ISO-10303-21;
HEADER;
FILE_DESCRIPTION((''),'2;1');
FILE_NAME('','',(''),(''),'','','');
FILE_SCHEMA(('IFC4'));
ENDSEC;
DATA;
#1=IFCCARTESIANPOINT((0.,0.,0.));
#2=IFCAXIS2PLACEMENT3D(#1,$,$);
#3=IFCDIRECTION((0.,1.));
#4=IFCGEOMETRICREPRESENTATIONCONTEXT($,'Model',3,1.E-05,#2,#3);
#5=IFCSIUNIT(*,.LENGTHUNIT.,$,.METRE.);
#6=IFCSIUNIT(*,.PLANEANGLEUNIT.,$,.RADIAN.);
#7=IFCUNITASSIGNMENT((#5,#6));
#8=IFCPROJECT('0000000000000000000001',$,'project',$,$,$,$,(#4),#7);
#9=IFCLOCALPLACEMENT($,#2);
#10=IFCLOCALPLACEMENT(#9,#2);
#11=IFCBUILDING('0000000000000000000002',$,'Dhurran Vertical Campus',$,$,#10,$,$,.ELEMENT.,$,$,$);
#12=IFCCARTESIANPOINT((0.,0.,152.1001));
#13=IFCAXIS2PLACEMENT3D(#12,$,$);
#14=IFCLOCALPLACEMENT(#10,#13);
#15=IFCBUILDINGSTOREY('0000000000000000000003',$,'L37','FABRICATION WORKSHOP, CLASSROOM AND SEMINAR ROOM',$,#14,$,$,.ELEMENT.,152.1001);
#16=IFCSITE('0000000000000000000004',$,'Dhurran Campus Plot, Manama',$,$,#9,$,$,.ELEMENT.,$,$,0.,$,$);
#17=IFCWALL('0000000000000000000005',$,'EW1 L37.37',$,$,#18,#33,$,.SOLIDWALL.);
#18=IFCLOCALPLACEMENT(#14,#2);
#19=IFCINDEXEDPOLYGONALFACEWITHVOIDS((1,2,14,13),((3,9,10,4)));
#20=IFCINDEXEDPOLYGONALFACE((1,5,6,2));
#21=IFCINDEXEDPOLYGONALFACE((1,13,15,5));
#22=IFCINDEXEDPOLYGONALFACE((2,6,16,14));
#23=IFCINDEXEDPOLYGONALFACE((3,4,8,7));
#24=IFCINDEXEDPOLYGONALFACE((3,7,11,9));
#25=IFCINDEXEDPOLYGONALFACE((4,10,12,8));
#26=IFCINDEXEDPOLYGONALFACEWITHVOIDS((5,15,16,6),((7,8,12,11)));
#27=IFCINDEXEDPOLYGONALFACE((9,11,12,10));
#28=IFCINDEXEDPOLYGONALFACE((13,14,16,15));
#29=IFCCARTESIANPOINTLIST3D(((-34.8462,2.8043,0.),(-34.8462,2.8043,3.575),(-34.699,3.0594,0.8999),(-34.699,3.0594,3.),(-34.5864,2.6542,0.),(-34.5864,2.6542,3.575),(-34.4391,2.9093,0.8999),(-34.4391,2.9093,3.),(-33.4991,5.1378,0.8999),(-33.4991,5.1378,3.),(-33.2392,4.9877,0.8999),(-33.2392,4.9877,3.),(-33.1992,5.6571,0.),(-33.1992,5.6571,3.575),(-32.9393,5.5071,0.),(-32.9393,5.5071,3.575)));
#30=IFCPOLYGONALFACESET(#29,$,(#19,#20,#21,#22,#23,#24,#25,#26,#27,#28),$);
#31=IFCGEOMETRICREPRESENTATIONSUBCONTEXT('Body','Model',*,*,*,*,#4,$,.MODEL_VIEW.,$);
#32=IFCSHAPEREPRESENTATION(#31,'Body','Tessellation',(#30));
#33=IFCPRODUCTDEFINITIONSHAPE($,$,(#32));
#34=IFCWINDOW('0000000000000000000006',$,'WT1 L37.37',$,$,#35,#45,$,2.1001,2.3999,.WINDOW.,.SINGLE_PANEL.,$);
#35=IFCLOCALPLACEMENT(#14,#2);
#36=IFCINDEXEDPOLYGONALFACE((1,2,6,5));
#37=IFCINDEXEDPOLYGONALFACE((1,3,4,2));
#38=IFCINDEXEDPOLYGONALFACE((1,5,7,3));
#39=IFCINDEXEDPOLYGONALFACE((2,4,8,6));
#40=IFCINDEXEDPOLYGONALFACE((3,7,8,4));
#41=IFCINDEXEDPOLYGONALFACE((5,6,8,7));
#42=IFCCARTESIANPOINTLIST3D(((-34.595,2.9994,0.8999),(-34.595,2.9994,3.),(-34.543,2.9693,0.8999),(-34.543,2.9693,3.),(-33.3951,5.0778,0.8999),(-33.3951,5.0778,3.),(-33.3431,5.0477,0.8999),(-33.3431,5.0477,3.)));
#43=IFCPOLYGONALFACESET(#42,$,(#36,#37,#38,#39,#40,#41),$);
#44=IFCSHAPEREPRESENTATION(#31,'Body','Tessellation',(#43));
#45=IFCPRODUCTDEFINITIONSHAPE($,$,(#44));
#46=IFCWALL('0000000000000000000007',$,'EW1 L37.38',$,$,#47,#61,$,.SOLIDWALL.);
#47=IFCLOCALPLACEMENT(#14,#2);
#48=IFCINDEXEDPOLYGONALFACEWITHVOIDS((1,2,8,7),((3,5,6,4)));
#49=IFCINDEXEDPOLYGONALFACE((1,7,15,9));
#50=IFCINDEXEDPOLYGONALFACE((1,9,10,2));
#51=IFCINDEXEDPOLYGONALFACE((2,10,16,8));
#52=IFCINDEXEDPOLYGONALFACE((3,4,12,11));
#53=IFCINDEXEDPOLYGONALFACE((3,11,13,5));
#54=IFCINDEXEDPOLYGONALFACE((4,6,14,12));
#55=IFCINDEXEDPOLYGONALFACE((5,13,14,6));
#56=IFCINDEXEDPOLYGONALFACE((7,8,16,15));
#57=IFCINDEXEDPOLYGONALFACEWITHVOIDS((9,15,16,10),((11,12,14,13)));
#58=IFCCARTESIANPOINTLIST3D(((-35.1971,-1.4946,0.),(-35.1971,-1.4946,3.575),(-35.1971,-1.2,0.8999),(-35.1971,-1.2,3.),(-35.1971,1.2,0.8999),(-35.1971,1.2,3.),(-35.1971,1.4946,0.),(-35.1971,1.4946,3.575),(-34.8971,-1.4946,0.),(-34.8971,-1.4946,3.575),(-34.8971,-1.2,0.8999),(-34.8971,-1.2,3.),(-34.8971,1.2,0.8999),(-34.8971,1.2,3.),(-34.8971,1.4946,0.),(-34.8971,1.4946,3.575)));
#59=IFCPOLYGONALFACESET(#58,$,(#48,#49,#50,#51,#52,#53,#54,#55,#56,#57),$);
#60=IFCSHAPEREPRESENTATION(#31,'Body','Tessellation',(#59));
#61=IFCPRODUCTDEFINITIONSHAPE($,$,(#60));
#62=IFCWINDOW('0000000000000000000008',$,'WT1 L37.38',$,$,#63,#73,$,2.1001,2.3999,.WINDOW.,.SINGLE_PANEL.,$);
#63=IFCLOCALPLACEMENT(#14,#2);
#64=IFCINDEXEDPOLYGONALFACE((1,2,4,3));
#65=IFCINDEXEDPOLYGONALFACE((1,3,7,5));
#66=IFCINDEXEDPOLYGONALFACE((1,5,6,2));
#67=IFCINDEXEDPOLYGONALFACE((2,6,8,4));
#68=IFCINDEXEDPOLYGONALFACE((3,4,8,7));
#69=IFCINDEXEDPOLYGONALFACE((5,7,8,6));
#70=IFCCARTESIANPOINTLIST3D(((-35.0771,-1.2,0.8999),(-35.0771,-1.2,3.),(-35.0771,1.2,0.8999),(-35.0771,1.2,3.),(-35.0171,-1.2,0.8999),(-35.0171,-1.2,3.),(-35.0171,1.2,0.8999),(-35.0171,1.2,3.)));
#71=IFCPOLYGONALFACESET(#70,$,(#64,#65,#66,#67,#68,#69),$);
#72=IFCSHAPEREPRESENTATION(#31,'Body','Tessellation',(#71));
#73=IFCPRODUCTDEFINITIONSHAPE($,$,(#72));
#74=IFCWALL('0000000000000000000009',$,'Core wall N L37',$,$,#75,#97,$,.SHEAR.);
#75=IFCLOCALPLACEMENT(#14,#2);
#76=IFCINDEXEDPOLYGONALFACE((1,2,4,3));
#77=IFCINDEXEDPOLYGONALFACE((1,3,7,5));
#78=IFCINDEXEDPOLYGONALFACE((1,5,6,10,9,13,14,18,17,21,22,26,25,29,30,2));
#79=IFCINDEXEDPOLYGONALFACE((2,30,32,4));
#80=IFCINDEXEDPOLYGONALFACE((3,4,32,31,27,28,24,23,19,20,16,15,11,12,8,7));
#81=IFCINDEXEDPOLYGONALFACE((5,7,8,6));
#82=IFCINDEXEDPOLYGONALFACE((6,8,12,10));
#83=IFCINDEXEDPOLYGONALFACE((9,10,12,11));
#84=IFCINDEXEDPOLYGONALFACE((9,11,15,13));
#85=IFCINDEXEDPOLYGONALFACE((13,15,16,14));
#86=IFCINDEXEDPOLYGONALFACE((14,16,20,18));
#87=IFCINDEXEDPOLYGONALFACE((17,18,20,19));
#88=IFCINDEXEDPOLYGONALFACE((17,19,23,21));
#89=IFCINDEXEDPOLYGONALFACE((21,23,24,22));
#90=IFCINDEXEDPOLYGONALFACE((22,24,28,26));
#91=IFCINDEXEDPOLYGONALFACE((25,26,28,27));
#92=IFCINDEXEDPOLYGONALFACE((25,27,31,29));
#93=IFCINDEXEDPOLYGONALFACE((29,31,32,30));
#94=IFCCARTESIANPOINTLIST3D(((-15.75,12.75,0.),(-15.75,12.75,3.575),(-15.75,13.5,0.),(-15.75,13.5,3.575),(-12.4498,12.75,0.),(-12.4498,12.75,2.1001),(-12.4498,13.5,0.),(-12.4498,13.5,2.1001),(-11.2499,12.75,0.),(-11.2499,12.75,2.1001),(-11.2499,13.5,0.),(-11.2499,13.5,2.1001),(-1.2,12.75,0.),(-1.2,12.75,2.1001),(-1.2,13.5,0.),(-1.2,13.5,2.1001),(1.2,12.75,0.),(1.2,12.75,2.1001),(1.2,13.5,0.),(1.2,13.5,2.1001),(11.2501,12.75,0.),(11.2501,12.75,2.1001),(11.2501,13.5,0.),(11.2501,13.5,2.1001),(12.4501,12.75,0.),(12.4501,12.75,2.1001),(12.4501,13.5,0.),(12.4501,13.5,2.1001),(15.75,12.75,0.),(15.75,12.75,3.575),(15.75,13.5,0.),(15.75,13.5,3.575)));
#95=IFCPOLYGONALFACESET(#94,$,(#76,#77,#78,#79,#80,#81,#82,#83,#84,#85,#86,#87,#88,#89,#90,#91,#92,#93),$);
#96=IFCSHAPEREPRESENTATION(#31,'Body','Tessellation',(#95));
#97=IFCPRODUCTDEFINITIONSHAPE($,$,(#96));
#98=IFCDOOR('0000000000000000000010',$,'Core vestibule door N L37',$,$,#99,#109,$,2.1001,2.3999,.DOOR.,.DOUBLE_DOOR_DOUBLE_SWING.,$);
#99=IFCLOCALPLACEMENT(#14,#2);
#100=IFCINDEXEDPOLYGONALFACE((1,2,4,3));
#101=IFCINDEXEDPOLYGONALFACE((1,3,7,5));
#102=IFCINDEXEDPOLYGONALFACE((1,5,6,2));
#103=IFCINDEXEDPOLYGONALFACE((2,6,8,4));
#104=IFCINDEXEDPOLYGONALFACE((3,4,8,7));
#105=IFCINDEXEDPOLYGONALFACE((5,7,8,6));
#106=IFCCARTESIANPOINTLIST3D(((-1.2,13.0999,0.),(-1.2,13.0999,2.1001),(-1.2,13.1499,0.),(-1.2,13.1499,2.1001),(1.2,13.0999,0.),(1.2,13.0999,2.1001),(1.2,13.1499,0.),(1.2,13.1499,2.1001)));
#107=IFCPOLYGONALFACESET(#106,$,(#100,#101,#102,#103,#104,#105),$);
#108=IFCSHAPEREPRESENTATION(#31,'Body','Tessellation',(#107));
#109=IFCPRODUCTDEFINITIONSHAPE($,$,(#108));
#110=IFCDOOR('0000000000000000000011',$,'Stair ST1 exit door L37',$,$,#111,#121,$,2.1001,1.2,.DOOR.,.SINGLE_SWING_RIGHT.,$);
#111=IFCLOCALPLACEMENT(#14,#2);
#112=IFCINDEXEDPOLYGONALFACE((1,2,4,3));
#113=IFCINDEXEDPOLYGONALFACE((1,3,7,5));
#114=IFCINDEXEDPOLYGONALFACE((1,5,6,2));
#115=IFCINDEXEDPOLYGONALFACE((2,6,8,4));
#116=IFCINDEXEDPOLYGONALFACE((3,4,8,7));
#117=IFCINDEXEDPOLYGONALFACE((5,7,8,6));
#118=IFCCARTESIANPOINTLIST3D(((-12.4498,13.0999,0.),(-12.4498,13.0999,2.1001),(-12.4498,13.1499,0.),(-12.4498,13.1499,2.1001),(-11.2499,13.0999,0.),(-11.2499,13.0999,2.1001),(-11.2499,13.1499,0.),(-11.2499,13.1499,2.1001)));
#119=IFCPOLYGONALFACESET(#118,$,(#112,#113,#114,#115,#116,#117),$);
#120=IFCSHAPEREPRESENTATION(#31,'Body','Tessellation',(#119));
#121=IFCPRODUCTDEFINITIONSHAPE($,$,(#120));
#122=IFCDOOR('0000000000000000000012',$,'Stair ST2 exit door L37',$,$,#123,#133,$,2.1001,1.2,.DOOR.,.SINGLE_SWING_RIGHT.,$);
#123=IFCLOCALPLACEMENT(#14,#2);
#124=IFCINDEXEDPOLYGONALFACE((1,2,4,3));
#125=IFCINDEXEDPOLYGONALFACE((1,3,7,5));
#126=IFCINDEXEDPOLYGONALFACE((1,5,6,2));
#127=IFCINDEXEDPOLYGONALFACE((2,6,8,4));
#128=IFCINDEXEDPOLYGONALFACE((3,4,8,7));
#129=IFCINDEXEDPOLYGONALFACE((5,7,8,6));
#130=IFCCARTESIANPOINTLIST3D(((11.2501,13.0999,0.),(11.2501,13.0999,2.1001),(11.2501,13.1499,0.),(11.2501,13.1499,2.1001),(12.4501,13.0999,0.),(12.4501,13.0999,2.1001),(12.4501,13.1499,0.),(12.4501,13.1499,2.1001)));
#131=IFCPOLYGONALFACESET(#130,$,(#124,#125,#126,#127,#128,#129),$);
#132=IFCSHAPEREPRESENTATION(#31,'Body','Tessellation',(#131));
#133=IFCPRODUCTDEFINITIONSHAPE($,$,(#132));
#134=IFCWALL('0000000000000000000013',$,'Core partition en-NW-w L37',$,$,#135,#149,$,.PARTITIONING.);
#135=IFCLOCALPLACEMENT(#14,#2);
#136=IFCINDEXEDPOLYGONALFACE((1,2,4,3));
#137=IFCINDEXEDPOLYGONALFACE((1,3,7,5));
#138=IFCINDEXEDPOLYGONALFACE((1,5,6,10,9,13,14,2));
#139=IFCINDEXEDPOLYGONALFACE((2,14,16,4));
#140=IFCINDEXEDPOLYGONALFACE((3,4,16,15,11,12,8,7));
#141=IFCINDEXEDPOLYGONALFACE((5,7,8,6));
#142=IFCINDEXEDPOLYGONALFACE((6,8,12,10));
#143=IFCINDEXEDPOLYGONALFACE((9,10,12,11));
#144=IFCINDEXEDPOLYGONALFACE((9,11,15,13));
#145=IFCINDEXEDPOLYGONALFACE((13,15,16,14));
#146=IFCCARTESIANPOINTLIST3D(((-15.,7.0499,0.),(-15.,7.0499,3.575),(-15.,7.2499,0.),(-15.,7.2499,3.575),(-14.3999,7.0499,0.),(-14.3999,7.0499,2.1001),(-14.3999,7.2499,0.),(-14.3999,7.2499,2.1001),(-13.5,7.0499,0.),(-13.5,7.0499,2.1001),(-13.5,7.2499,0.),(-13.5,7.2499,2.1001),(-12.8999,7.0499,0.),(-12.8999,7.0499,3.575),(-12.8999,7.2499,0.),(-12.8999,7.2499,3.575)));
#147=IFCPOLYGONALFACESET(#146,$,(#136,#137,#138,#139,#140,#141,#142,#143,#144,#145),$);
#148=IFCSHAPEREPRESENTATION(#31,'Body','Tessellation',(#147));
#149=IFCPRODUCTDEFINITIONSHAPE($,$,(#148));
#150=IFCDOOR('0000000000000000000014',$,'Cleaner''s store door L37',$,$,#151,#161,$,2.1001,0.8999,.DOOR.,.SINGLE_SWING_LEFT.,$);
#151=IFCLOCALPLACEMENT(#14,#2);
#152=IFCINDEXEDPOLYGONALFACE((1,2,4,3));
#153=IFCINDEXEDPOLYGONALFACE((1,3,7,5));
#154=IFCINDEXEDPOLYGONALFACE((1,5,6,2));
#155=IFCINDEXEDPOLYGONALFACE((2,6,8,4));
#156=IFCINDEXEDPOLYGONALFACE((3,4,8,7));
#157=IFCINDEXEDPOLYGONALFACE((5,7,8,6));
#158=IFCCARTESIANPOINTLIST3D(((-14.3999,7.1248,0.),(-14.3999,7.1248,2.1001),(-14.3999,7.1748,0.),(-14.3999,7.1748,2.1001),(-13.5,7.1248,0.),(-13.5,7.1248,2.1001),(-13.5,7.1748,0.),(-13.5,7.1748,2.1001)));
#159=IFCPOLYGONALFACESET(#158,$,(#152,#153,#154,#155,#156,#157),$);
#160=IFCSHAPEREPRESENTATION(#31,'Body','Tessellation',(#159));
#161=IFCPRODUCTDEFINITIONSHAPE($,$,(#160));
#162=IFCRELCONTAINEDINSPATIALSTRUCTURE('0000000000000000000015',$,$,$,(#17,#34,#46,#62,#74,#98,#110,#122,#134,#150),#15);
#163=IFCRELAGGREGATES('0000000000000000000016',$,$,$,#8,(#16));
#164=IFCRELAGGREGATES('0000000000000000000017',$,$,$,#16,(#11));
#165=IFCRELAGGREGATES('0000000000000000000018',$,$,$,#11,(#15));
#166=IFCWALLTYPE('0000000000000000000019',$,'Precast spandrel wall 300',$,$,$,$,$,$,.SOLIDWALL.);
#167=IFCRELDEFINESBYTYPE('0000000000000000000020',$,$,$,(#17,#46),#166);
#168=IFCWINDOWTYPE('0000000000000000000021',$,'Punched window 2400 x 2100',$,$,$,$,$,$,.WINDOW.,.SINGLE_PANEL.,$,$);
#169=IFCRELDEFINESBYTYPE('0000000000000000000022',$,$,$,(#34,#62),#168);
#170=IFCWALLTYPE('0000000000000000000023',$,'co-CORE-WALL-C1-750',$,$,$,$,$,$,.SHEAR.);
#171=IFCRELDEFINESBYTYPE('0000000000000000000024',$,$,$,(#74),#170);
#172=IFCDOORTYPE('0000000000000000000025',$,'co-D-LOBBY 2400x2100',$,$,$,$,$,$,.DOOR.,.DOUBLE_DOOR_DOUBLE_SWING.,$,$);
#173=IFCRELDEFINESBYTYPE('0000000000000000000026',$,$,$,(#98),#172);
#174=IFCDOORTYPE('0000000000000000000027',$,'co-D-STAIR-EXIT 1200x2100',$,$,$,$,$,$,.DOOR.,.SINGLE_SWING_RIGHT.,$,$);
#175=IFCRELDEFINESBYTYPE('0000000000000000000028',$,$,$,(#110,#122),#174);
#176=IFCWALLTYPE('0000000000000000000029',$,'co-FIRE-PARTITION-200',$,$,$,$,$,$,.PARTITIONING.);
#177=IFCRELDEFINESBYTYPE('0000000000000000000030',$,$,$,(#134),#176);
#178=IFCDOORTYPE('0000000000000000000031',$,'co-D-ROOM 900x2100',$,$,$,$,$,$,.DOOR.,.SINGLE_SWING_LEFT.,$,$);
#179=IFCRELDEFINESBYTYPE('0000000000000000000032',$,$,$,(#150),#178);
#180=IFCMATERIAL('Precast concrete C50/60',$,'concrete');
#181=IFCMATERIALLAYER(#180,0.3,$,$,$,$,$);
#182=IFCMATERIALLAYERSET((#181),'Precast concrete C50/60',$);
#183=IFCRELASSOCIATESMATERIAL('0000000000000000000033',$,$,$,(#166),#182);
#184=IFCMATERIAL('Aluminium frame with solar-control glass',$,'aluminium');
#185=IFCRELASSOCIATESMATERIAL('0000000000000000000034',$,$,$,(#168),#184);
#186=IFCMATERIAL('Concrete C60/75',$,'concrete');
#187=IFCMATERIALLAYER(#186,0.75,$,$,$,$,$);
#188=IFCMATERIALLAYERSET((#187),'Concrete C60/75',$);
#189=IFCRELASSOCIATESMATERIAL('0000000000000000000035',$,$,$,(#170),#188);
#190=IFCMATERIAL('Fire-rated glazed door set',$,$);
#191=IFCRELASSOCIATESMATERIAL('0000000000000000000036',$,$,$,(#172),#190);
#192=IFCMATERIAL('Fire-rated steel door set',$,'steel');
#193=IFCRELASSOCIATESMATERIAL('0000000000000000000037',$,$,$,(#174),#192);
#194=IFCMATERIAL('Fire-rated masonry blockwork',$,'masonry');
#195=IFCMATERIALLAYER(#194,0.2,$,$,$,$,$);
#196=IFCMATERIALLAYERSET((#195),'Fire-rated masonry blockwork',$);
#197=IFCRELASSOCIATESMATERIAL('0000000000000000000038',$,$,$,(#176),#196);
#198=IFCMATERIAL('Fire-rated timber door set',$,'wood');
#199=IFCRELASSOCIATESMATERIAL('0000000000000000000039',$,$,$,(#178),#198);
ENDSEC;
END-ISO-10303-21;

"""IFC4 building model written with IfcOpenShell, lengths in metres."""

from ifc_helpers import new_model, si_unit, direction, frame, frame_2d, origin, place, context, subcontext, project, spatial, rectangle, extrude, material, layer, layer_set, type_object, element, fill, save


model = new_model("IFC4")

# Units and contexts
model_context = context("Model", 3, precision=1e-05, world=origin(), true_north=direction((0.0, 1.0)))
body_context = subcontext(model_context, "Body", "Model", "MODEL_VIEW")
ifc_project = project(units=[si_unit("LENGTHUNIT", "METRE"), si_unit("PLANEANGLEUNIT", "RADIAN")], contexts=[model_context])

# Site, building, storey
site_placement = place(None, origin())
site = spatial("IfcSite", under=ifc_project, at=site_placement, Name="Dhurran Campus Plot, Manama", CompositionType="ELEMENT", RefElevation=0.0)
building_placement = place(site_placement, origin())
building = spatial("IfcBuilding", under=site, at=building_placement, Name="Dhurran Vertical Campus", CompositionType="ELEMENT")
storey_placement = place(building_placement, frame((0.0, 0.0, 152.1001)))
storey = spatial("IfcBuildingStorey", under=building, at=storey_placement, Name="L37", Description="FABRICATION WORKSHOP, CLASSROOM AND SEMINAR ROOM", CompositionType="ELEMENT", Elevation=152.1001)

# Walls, openings, windows
ifc_material_1 = material(Name="Precast concrete C50/60", Category="concrete")
ifc_layer_1 = layer(ifc_material_1, 0.3)
ifc_layer_set_1 = layer_set([ifc_layer_1], Name="Precast concrete C50/60")
wall_type_1 = type_object("IfcWallType", Name="Precast spandrel wall 300", PredefinedType="SOLIDWALL", material=ifc_layer_set_1)
ifc_material_2 = material(Name="Aluminium frame with solar-control glass", Category="aluminium")
window_type = type_object("IfcWindowType", Name="Punched window 2400 x 2100", PartitioningType="SINGLE_PANEL", PredefinedType="WINDOW", material=ifc_material_2)
wall_1_placement = place(storey_placement, frame((-33.0693, 5.582, 0.0), z_axis=(0.0, 0.0, 1.0), x_axis=(-0.499981, -0.866036, 0.0)))
wall_1 = element("IfcWall", 1, at=wall_1_placement, inside=storey, type_object=wall_type_1, Name="EW1 L37.37", PredefinedType="SOLIDWALL", context=body_context, shape_type="SweptSolid", body=[
    extrude(rectangle(XDim=3.2942, YDim=0.3, at=frame_2d((1.647, 0.0))), origin(), (0.0, 0.0, 1.0), 3.575),
])
opening_1_placement = place(wall_1_placement, frame((0.5996, 0.0, 0.8999)))
opening_1 = element("IfcOpeningElement", 2, at=opening_1_placement, cuts=wall_1, PredefinedType="OPENING", context=body_context, shape_type="SweptSolid", body=[
    extrude(rectangle(XDim=2.3999, YDim=2.1001, at=frame_2d((1.2, 1.05))), frame((0.0, 0.1599, 0.0), z_axis=(0.0, -1.0, 0.0), x_axis=(1.0, 0.0, 0.0)), (0.0, 0.0, 1.0), 0.3201),
])
window_1_placement = place(opening_1_placement, origin())
window_1 = element("IfcWindow", 3, at=window_1_placement, inside=storey, type_object=window_type, Name="WT1 L37.37", OverallHeight=2.1001, OverallWidth=2.3999, PartitioningType="SINGLE_PANEL", PredefinedType="WINDOW", context=body_context, shape_type="SweptSolid", body=[
    extrude(rectangle(XDim=2.3999, YDim=2.1001, at=frame_2d((1.2, 1.05))), frame((0.0, 0.03, 0.0), z_axis=(0.0, -1.0, 0.0), x_axis=(1.0, 0.0, 0.0)), (0.0, 0.0, 1.0), 0.0601),
])
fill(opening_1, window_1)
wall_2_placement = place(storey_placement, frame((-35.0471, 1.4946, 0.0), z_axis=(0.0, 0.0, 1.0), x_axis=(0.0, -1.0, 0.0)))
wall_2 = element("IfcWall", 4, at=wall_2_placement, inside=storey, type_object=wall_type_1, Name="EW1 L37.38", PredefinedType="SOLIDWALL", context=body_context, shape_type="SweptSolid", body=[
    extrude(rectangle(XDim=2.9893, YDim=0.3, at=frame_2d((1.4946, 0.0))), origin(), (0.0, 0.0, 1.0), 3.575),
])
opening_2_placement = place(wall_2_placement, frame((0.2947, 0.0, 0.8999)))
opening_2 = element("IfcOpeningElement", 5, at=opening_2_placement, cuts=wall_2, PredefinedType="OPENING", context=body_context, shape_type="SweptSolid", body=[
    extrude(rectangle(XDim=2.3999, YDim=2.1001, at=frame_2d((1.2, 1.05))), frame((0.0, 0.1599, 0.0), z_axis=(0.0, -1.0, 0.0), x_axis=(1.0, 0.0, 0.0)), (0.0, 0.0, 1.0), 0.3201),
])
window_2_placement = place(opening_2_placement, origin())
window_2 = element("IfcWindow", 6, at=window_2_placement, inside=storey, type_object=window_type, Name="WT1 L37.38", OverallHeight=2.1001, OverallWidth=2.3999, PartitioningType="SINGLE_PANEL", PredefinedType="WINDOW", context=body_context, shape_type="SweptSolid", body=[
    extrude(rectangle(XDim=2.3999, YDim=2.1001, at=frame_2d((1.2, 1.05))), frame((0.0, 0.03, 0.0), z_axis=(0.0, -1.0, 0.0), x_axis=(1.0, 0.0, 0.0)), (0.0, 0.0, 1.0), 0.0601),
])
fill(opening_2, window_2)

# Wall, openings, doors
ifc_material_3 = material(Name="Concrete C60/75", Category="concrete")
ifc_layer_2 = layer(ifc_material_3, 0.75)
ifc_layer_set_2 = layer_set([ifc_layer_2], Name="Concrete C60/75")
wall_type_2 = type_object("IfcWallType", Name="co-CORE-WALL-C1-750", PredefinedType="SHEAR", material=ifc_layer_set_2)
wall_3_placement = place(storey_placement, frame((-15.75, 13.125, 0.0), z_axis=(0.0, 0.0, 1.0), x_axis=(1.0, 0.0, 0.0)))
wall_3 = element("IfcWall", 7, at=wall_3_placement, inside=storey, type_object=wall_type_2, Name="Core wall N L37", PredefinedType="SHEAR", context=body_context, shape_type="SweptSolid", body=[
    extrude(rectangle(XDim=31.5, YDim=0.75, at=frame_2d((15.75, 0.0))), origin(), (0.0, 0.0, 1.0), 3.575),
])
opening_3_placement = place(wall_3_placement, frame((14.55, 0.0, 0.0)))
opening_3 = element("IfcOpeningElement", 8, at=opening_3_placement, cuts=wall_3, PredefinedType="OPENING", context=body_context, shape_type="SweptSolid", body=[
    extrude(rectangle(XDim=2.3999, YDim=2.1001, at=frame_2d((1.2, 1.05))), frame((0.0, 0.385, 0.0), z_axis=(0.0, -1.0, 0.0), x_axis=(1.0, 0.0, 0.0)), (0.0, 0.0, 1.0), 0.77),
])
opening_4_placement = place(wall_3_placement, frame((3.3, 0.0, 0.0)))
opening_4 = element("IfcOpeningElement", 9, at=opening_4_placement, cuts=wall_3, PredefinedType="OPENING", context=body_context, shape_type="SweptSolid", body=[
    extrude(rectangle(XDim=1.2, YDim=2.1001, at=frame_2d((0.6001, 1.05))), frame((0.0, 0.385, 0.0), z_axis=(0.0, -1.0, 0.0), x_axis=(1.0, 0.0, 0.0)), (0.0, 0.0, 1.0), 0.77),
])
opening_5_placement = place(wall_3_placement, frame((27.0, 0.0, 0.0)))
opening_5 = element("IfcOpeningElement", 10, at=opening_5_placement, cuts=wall_3, PredefinedType="OPENING", context=body_context, shape_type="SweptSolid", body=[
    extrude(rectangle(XDim=1.2, YDim=2.1001, at=frame_2d((0.6001, 1.05))), frame((0.0, 0.385, 0.0), z_axis=(0.0, -1.0, 0.0), x_axis=(1.0, 0.0, 0.0)), (0.0, 0.0, 1.0), 0.77),
])
ifc_material_4 = material(Name="Fire-rated glazed door set")
door_type_1 = type_object("IfcDoorType", Name="co-D-LOBBY 2400x2100", OperationType="DOUBLE_DOOR_DOUBLE_SWING", PredefinedType="DOOR", material=ifc_material_4)
door_1_placement = place(opening_3_placement, origin())
door_1 = element("IfcDoor", 11, at=door_1_placement, inside=storey, type_object=door_type_1, Name="Core vestibule door N L37", OperationType="DOUBLE_DOOR_DOUBLE_SWING", OverallHeight=2.1001, OverallWidth=2.3999, PredefinedType="DOOR", context=body_context, shape_type="SweptSolid", body=[
    extrude(rectangle(XDim=2.3999, YDim=2.1001, at=frame_2d((1.2, 1.05))), frame((0.0, 0.0249, 0.0), z_axis=(0.0, -1.0, 0.0), x_axis=(1.0, 0.0, 0.0)), (0.0, 0.0, 1.0), 0.05),
])
fill(opening_3, door_1)
ifc_material_5 = material(Name="Fire-rated steel door set", Category="steel")
door_type_2 = type_object("IfcDoorType", Name="co-D-STAIR-EXIT 1200x2100", OperationType="SINGLE_SWING_RIGHT", PredefinedType="DOOR", material=ifc_material_5)
door_2_placement = place(opening_4_placement, origin())
door_2 = element("IfcDoor", 12, at=door_2_placement, inside=storey, type_object=door_type_2, Name="Stair ST1 exit door L37", OperationType="SINGLE_SWING_RIGHT", OverallHeight=2.1001, OverallWidth=1.2, PredefinedType="DOOR", context=body_context, shape_type="SweptSolid", body=[
    extrude(rectangle(XDim=1.2, YDim=2.1001, at=frame_2d((0.6001, 1.05))), frame((0.0, 0.0249, 0.0), z_axis=(0.0, -1.0, 0.0), x_axis=(1.0, 0.0, 0.0)), (0.0, 0.0, 1.0), 0.05),
])
fill(opening_4, door_2)
door_3_placement = place(opening_5_placement, origin())
door_3 = element("IfcDoor", 13, at=door_3_placement, inside=storey, type_object=door_type_2, Name="Stair ST2 exit door L37", OperationType="SINGLE_SWING_RIGHT", OverallHeight=2.1001, OverallWidth=1.2, PredefinedType="DOOR", context=body_context, shape_type="SweptSolid", body=[
    extrude(rectangle(XDim=1.2, YDim=2.1001, at=frame_2d((0.6001, 1.05))), frame((0.0, 0.0249, 0.0), z_axis=(0.0, -1.0, 0.0), x_axis=(1.0, 0.0, 0.0)), (0.0, 0.0, 1.0), 0.05),
])
fill(opening_5, door_3)

# Wall, opening, door
ifc_material_6 = material(Name="Fire-rated masonry blockwork", Category="masonry")
ifc_layer_3 = layer(ifc_material_6, 0.2)
ifc_layer_set_3 = layer_set([ifc_layer_3], Name="Fire-rated masonry blockwork")
wall_type_3 = type_object("IfcWallType", Name="co-FIRE-PARTITION-200", PredefinedType="PARTITIONING", material=ifc_layer_set_3)
wall_4_placement = place(storey_placement, frame((-15.0, 7.1499, 0.0), z_axis=(0.0, 0.0, 1.0), x_axis=(1.0, 0.0, 0.0)))
wall_4 = element("IfcWall", 14, at=wall_4_placement, inside=storey, type_object=wall_type_3, Name="Core partition en-NW-w L37", PredefinedType="PARTITIONING", context=body_context, shape_type="SweptSolid", body=[
    extrude(rectangle(XDim=2.1001, YDim=0.2, at=frame_2d((1.05, 0.0))), origin(), (0.0, 0.0, 1.0), 3.575),
])
opening_6_placement = place(wall_4_placement, frame((0.6001, 0.0, 0.0)))
opening_6 = element("IfcOpeningElement", 15, at=opening_6_placement, cuts=wall_4, PredefinedType="OPENING", context=body_context, shape_type="SweptSolid", body=[
    extrude(rectangle(XDim=0.8999, YDim=2.1001, at=frame_2d((0.45, 1.05))), frame((0.0, 0.1099, 0.0), z_axis=(0.0, -1.0, 0.0), x_axis=(1.0, 0.0, 0.0)), (0.0, 0.0, 1.0), 0.22),
])
ifc_material_7 = material(Name="Fire-rated timber door set", Category="wood")
door_type_3 = type_object("IfcDoorType", Name="co-D-ROOM 900x2100", OperationType="SINGLE_SWING_LEFT", PredefinedType="DOOR", material=ifc_material_7)
door_4_placement = place(opening_6_placement, origin())
door_4 = element("IfcDoor", 16, at=door_4_placement, inside=storey, type_object=door_type_3, Name="Cleaner's store door L37", OperationType="SINGLE_SWING_LEFT", OverallHeight=2.1001, OverallWidth=0.8999, PredefinedType="DOOR", context=body_context, shape_type="SweptSolid", body=[
    extrude(rectangle(XDim=0.8999, YDim=2.1001, at=frame_2d((0.45, 1.05))), frame((0.0, 0.0249, 0.0), z_axis=(0.0, -1.0, 0.0), x_axis=(1.0, 0.0, 0.0)), (0.0, 0.0, 1.0), 0.05),
])
fill(opening_6, door_4)

save(model, "model.ifc")
